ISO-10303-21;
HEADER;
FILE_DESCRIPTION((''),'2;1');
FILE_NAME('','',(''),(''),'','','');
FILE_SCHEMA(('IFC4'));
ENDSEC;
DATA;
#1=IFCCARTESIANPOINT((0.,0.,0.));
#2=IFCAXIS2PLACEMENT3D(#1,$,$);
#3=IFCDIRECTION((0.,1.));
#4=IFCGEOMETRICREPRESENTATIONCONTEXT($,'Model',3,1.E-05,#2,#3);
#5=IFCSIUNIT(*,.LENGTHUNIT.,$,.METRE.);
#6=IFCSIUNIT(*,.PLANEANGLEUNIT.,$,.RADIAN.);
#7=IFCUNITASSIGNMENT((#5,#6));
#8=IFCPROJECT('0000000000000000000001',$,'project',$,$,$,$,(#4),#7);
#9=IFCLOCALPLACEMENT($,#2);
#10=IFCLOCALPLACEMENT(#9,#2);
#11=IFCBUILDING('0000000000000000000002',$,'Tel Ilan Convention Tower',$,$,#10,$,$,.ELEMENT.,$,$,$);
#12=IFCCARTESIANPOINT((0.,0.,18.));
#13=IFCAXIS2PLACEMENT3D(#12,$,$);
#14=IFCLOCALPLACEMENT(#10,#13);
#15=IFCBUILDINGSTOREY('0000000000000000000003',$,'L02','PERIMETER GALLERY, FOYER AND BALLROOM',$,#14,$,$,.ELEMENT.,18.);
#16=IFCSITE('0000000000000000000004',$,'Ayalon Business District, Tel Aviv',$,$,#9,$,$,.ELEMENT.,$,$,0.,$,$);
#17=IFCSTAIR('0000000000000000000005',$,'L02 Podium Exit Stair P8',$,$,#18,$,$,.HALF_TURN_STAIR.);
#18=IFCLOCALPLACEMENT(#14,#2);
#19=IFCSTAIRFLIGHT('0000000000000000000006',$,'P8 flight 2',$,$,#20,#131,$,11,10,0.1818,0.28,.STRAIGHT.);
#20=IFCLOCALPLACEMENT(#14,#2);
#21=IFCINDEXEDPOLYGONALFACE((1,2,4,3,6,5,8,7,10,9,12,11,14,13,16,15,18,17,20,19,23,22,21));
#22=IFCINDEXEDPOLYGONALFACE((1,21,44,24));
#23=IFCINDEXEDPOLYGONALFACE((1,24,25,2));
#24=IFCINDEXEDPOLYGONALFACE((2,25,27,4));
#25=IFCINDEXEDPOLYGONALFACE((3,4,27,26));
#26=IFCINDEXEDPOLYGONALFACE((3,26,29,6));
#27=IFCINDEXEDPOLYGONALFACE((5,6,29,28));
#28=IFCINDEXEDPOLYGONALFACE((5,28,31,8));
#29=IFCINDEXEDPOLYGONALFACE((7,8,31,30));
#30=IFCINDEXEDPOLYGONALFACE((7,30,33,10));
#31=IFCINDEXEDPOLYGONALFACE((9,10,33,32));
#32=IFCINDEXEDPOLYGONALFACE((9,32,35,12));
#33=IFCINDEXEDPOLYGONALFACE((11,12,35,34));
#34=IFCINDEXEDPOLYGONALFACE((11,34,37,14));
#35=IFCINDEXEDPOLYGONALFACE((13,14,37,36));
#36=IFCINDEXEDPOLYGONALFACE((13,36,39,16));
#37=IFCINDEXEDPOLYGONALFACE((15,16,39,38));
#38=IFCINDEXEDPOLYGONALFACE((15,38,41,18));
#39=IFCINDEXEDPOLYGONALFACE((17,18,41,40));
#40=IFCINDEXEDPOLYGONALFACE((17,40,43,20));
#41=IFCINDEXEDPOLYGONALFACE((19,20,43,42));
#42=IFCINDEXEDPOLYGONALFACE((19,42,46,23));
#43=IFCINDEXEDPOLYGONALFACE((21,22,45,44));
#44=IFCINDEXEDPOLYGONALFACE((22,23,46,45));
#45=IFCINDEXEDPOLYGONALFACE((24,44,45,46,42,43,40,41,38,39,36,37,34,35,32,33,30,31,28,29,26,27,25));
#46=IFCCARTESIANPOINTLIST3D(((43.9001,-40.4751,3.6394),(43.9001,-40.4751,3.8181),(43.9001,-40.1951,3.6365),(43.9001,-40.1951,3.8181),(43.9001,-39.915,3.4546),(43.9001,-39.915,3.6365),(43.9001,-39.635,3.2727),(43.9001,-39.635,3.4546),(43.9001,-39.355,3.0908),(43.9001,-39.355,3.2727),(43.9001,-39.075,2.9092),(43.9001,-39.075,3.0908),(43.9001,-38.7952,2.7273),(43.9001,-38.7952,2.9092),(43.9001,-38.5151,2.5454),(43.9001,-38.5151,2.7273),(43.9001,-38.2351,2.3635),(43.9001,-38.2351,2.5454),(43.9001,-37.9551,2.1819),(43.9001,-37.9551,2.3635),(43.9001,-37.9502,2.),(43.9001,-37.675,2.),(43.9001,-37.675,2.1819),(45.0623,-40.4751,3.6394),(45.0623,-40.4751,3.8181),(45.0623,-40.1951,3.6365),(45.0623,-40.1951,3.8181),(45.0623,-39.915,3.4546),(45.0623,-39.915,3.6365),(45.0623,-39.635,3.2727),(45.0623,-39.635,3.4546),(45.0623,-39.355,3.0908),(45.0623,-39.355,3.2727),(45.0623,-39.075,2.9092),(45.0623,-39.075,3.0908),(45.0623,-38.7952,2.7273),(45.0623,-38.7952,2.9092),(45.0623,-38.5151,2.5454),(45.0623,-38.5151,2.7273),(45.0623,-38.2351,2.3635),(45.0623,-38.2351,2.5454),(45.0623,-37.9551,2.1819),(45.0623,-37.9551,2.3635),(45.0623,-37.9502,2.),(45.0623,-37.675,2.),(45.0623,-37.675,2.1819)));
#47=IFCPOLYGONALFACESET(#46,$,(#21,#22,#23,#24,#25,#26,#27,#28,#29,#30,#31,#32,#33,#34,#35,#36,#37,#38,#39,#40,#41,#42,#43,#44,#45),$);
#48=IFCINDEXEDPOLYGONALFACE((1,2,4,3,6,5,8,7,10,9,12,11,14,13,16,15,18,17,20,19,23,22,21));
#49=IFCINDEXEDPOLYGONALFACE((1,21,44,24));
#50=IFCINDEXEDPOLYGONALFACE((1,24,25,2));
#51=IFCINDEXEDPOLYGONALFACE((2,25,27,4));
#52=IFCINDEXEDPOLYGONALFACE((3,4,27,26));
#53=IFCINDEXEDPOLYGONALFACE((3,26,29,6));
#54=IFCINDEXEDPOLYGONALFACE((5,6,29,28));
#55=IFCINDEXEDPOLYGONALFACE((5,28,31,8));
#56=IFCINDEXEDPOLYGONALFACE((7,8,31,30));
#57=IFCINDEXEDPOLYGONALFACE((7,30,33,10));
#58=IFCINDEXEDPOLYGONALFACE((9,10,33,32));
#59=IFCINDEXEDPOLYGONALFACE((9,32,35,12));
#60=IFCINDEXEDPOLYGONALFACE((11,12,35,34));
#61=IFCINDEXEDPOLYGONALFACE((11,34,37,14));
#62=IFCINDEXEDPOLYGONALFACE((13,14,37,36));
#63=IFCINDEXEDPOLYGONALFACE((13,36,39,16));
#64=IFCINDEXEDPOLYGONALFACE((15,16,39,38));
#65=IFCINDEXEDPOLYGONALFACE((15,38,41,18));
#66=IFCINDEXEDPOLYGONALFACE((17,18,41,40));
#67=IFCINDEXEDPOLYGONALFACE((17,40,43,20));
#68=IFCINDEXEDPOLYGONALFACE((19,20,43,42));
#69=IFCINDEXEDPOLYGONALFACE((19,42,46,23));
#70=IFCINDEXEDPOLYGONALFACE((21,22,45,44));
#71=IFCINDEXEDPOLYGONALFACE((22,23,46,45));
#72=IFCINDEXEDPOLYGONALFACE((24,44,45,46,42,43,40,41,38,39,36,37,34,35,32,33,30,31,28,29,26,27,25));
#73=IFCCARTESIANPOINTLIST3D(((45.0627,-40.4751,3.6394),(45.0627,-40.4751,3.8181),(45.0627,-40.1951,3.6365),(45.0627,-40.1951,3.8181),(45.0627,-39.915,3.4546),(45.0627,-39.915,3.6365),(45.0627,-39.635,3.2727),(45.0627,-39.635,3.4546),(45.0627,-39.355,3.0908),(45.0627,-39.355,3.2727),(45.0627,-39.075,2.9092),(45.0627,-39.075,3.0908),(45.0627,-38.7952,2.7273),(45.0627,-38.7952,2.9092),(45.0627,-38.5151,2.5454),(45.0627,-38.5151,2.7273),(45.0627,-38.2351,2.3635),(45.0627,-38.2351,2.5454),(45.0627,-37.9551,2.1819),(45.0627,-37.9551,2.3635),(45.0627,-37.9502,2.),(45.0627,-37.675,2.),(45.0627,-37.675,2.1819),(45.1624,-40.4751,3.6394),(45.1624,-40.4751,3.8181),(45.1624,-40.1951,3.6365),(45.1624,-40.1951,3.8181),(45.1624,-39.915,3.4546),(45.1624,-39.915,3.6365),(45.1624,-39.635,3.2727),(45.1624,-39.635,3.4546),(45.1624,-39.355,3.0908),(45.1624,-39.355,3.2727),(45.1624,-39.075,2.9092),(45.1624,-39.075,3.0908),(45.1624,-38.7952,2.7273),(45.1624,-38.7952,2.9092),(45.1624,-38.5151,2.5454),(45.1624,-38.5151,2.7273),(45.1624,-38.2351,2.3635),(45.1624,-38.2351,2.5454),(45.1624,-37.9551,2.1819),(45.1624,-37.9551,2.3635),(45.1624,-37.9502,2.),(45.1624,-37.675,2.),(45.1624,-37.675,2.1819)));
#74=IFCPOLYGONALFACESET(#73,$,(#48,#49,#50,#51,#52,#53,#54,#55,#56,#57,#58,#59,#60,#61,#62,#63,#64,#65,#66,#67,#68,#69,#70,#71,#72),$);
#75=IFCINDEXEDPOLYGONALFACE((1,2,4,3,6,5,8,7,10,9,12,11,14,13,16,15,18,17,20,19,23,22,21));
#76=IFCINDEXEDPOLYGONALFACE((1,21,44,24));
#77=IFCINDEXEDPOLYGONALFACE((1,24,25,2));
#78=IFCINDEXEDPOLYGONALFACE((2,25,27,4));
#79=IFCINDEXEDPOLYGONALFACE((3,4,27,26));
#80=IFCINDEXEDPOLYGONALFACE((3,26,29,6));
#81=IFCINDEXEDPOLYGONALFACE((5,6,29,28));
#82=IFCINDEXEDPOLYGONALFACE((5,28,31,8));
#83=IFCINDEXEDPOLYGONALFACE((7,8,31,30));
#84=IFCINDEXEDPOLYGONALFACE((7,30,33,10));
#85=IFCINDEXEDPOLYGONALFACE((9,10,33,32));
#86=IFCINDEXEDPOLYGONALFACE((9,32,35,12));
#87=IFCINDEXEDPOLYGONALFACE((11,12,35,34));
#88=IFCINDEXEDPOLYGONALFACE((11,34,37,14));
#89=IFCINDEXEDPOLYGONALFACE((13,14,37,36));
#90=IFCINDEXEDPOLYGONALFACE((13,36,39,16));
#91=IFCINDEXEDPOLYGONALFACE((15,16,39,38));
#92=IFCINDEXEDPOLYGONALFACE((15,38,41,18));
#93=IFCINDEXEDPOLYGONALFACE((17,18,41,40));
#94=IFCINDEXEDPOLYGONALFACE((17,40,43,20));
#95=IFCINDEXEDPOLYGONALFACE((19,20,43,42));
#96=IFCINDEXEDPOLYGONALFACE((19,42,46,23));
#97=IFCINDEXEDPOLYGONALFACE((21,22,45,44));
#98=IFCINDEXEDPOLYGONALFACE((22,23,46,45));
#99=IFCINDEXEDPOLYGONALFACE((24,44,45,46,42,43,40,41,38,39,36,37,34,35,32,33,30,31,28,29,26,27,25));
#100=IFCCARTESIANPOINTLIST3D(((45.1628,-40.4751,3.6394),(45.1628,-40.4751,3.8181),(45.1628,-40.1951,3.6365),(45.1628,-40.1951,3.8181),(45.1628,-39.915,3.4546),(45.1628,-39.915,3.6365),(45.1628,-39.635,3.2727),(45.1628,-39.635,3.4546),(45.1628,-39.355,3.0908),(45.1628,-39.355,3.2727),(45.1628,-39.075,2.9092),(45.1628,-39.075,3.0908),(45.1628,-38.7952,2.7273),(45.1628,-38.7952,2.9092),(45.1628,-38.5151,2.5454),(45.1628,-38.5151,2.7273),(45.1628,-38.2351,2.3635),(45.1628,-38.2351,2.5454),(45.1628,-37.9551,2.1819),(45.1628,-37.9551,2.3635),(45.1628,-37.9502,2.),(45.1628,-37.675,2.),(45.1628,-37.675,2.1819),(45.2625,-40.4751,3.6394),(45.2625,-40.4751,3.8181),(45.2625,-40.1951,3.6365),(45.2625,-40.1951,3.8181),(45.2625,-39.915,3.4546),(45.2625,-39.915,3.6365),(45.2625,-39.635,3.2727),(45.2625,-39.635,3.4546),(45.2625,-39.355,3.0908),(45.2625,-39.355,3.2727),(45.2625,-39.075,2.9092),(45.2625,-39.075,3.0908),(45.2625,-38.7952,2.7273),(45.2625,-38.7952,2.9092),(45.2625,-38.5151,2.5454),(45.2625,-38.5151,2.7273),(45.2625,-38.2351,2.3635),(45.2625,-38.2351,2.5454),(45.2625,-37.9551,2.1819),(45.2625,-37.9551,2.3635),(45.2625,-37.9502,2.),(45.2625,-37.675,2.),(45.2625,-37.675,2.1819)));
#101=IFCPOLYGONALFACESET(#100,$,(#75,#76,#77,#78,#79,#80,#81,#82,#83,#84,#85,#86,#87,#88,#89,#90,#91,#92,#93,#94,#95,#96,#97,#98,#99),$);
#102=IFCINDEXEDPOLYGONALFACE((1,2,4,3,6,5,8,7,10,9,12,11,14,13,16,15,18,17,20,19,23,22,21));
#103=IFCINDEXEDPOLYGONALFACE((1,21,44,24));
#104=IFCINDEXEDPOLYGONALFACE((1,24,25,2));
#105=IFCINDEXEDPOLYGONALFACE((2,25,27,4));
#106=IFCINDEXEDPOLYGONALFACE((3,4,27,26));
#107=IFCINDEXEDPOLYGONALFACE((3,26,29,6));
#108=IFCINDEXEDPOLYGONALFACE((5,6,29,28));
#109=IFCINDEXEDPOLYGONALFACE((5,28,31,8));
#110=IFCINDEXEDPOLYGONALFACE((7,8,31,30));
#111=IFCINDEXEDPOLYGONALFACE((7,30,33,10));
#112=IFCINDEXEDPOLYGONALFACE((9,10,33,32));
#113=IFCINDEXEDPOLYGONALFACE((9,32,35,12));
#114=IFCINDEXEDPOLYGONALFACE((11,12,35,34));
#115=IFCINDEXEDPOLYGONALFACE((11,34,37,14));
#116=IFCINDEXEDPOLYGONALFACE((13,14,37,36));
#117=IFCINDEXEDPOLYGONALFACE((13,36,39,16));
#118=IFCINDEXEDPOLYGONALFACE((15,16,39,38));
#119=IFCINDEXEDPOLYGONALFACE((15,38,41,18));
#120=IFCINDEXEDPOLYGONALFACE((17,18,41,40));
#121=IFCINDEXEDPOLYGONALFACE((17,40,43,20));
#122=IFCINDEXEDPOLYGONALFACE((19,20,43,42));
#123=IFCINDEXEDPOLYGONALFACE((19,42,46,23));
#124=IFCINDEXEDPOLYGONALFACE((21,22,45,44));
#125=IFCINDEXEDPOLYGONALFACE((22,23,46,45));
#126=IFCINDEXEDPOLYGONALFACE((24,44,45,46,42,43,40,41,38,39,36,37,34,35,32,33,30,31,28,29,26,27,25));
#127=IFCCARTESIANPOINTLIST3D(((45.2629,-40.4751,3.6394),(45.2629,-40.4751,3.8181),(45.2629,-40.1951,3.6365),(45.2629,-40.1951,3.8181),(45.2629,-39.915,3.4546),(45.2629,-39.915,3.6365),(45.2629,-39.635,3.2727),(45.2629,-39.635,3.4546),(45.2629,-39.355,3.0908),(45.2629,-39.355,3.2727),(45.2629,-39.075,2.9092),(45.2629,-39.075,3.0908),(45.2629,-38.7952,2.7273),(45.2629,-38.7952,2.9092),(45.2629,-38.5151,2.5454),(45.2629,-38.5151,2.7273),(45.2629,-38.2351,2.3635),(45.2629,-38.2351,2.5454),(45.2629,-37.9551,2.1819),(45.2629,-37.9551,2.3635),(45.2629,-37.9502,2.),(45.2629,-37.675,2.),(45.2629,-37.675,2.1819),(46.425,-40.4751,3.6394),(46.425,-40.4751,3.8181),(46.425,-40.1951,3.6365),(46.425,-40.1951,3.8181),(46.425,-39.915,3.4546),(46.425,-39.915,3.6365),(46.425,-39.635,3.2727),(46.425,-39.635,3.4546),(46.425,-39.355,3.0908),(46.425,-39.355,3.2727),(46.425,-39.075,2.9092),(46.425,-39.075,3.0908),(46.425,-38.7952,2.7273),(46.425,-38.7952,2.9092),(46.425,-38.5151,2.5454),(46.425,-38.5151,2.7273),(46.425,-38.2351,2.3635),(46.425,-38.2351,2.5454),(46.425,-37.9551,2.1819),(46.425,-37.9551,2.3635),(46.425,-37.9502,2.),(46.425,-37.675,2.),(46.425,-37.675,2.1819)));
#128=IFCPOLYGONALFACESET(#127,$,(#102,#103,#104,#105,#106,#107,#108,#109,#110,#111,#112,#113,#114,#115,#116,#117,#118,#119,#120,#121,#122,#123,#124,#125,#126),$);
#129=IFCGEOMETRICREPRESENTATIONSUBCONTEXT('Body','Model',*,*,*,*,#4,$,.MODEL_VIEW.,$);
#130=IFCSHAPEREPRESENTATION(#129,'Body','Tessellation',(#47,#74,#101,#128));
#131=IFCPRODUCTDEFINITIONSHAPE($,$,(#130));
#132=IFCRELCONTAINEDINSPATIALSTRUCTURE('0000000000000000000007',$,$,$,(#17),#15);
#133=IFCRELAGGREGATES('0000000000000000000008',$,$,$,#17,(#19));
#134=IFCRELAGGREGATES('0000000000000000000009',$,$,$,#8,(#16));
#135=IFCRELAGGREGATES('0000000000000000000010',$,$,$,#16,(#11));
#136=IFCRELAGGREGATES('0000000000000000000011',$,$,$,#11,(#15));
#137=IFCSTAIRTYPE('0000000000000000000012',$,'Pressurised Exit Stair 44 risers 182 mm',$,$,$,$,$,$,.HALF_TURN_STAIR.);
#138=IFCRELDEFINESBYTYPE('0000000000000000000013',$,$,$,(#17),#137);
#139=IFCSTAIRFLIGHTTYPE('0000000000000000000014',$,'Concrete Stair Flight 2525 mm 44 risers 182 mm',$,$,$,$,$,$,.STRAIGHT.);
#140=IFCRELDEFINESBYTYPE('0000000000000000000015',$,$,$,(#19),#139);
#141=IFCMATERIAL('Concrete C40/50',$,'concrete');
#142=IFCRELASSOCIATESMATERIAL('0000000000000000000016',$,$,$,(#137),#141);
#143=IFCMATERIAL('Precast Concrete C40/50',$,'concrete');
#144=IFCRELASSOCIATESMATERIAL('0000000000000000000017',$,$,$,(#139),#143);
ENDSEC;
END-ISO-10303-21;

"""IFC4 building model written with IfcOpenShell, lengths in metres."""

from ifc_helpers import new_model, si_unit, direction, frame, origin, place, context, subcontext, project, spatial, polyline, outline, extrude, material, type_object, element, aggregate, save


model = new_model("IFC4")

# Units and contexts
model_context = context("Model", 3, precision=1e-05, world=origin(), true_north=direction((0.0, 1.0)))
body_context = subcontext(model_context, "Body", "Model", "MODEL_VIEW")
ifc_project = project(units=[si_unit("LENGTHUNIT", "METRE"), si_unit("PLANEANGLEUNIT", "RADIAN")], contexts=[model_context])

# Site, building, storey
site_placement = place(None, origin())
site = spatial("IfcSite", under=ifc_project, at=site_placement, Name="Ayalon Business District, Tel Aviv", CompositionType="ELEMENT", RefElevation=0.0)
building_placement = place(site_placement, origin())
building = spatial("IfcBuilding", under=site, at=building_placement, Name="Tel Ilan Convention Tower", CompositionType="ELEMENT")
storey_placement = place(building_placement, frame((0.0, 0.0, 18.0)))
storey = spatial("IfcBuildingStorey", under=building, at=storey_placement, Name="L02", Description="PERIMETER GALLERY, FOYER AND BALLROOM", CompositionType="ELEMENT", Elevation=18.0)

# Stair, stair flight
ifc_material_1 = material(Name="Concrete C40/50", Category="concrete")
stair_type = type_object("IfcStairType", Name="Pressurised Exit Stair 44 risers 182 mm", PredefinedType="HALF_TURN_STAIR", material=ifc_material_1)
ifc_material_2 = material(Name="Precast Concrete C40/50", Category="concrete")
stair_flight_type = type_object("IfcStairFlightType", Name="Concrete Stair Flight 2525 mm 44 risers 182 mm", PredefinedType="STRAIGHT", material=ifc_material_2)
stair_1_placement = place(storey_placement, origin())
stair_1 = element("IfcStair", 1, at=stair_1_placement, inside=storey, type_object=stair_type, Name="L02 Podium Exit Stair P8", PredefinedType="HALF_TURN_STAIR")
stair_flight_1_placement = place(storey_placement, frame((45.1626, -37.675, 2.0), z_axis=(0.0, 0.0, 1.0), x_axis=(0.0, -1.0, 0.0)))
stair_flight_1 = element("IfcStairFlight", 2, at=stair_flight_1_placement, type_object=stair_flight_type, Name="P8 flight 2", NumberOfRisers=11, NumberOfTreads=10, PredefinedType="STRAIGHT", RiserHeight=0.1818, TreadLength=0.28, context=body_context, shape_type="SweptSolid", body=[
    extrude(outline(polyline([(0.0, 0.0), (0.0, 0.1819), (0.28, 0.1819), (0.28, 0.3635), (0.5601, 0.3635), (0.5601, 0.5454), (0.8401, 0.5454), (0.8401, 0.7273), (1.1201, 0.7273), (1.1201, 0.9092), (1.3999, 0.9092), (1.3999, 1.0908), (1.6799, 1.0908), (1.6799, 1.2727), (1.96, 1.2727), (1.96, 1.4546), (2.24, 1.4546), (2.24, 1.6365), (2.52, 1.6365), (2.52, 1.8181), (2.8, 1.8181), (2.8, 2.0), (2.8, 1.6394), (0.2751, 0.0), (0.0, 0.0)])), frame((0.0, -0.1003, 0.0), z_axis=(0.0, -1.0, 0.0), x_axis=(1.0, 0.0, 0.0)), (0.0, 0.0, 1.0), 1.1621),
    extrude(outline(polyline([(0.0, 0.0), (0.0, 0.1819), (0.28, 0.1819), (0.28, 0.3635), (0.5601, 0.3635), (0.5601, 0.5454), (0.8401, 0.5454), (0.8401, 0.7273), (1.1201, 0.7273), (1.1201, 0.9092), (1.3999, 0.9092), (1.3999, 1.0908), (1.6799, 1.0908), (1.6799, 1.2727), (1.96, 1.2727), (1.96, 1.4546), (2.24, 1.4546), (2.24, 1.6365), (2.52, 1.6365), (2.52, 1.8181), (2.8, 1.8181), (2.8, 2.0), (2.8, 1.6394), (0.2751, 0.0), (0.0, 0.0)])), frame((0.0, -0.0002, 0.0), z_axis=(0.0, -1.0, 0.0), x_axis=(1.0, 0.0, 0.0)), (0.0, 0.0, 1.0), 0.0996),
    extrude(outline(polyline([(0.0, 0.0), (0.0, 0.1819), (0.28, 0.1819), (0.28, 0.3635), (0.5601, 0.3635), (0.5601, 0.5454), (0.8401, 0.5454), (0.8401, 0.7273), (1.1201, 0.7273), (1.1201, 0.9092), (1.3999, 0.9092), (1.3999, 1.0908), (1.6799, 1.0908), (1.6799, 1.2727), (1.96, 1.2727), (1.96, 1.4546), (2.24, 1.4546), (2.24, 1.6365), (2.52, 1.6365), (2.52, 1.8181), (2.8, 1.8181), (2.8, 2.0), (2.8, 1.6394), (0.2751, 0.0), (0.0, 0.0)])), frame((0.0, 0.0999, 0.0), z_axis=(0.0, -1.0, 0.0), x_axis=(1.0, 0.0, 0.0)), (0.0, 0.0, 1.0), 0.0996),
    extrude(outline(polyline([(0.0, 0.0), (0.0, 0.1819), (0.28, 0.1819), (0.28, 0.3635), (0.5601, 0.3635), (0.5601, 0.5454), (0.8401, 0.5454), (0.8401, 0.7273), (1.1201, 0.7273), (1.1201, 0.9092), (1.3999, 0.9092), (1.3999, 1.0908), (1.6799, 1.0908), (1.6799, 1.2727), (1.96, 1.2727), (1.96, 1.4546), (2.24, 1.4546), (2.24, 1.6365), (2.52, 1.6365), (2.52, 1.8181), (2.8, 1.8181), (2.8, 2.0), (2.8, 1.6394), (0.2751, 0.0), (0.0, 0.0)])), frame((0.0, 1.2625, 0.0), z_axis=(0.0, -1.0, 0.0), x_axis=(1.0, 0.0, 0.0)), (0.0, 0.0, 1.0), 1.1621),
])
aggregate(stair_1, [stair_flight_1])

save(model, "model.ifc")
